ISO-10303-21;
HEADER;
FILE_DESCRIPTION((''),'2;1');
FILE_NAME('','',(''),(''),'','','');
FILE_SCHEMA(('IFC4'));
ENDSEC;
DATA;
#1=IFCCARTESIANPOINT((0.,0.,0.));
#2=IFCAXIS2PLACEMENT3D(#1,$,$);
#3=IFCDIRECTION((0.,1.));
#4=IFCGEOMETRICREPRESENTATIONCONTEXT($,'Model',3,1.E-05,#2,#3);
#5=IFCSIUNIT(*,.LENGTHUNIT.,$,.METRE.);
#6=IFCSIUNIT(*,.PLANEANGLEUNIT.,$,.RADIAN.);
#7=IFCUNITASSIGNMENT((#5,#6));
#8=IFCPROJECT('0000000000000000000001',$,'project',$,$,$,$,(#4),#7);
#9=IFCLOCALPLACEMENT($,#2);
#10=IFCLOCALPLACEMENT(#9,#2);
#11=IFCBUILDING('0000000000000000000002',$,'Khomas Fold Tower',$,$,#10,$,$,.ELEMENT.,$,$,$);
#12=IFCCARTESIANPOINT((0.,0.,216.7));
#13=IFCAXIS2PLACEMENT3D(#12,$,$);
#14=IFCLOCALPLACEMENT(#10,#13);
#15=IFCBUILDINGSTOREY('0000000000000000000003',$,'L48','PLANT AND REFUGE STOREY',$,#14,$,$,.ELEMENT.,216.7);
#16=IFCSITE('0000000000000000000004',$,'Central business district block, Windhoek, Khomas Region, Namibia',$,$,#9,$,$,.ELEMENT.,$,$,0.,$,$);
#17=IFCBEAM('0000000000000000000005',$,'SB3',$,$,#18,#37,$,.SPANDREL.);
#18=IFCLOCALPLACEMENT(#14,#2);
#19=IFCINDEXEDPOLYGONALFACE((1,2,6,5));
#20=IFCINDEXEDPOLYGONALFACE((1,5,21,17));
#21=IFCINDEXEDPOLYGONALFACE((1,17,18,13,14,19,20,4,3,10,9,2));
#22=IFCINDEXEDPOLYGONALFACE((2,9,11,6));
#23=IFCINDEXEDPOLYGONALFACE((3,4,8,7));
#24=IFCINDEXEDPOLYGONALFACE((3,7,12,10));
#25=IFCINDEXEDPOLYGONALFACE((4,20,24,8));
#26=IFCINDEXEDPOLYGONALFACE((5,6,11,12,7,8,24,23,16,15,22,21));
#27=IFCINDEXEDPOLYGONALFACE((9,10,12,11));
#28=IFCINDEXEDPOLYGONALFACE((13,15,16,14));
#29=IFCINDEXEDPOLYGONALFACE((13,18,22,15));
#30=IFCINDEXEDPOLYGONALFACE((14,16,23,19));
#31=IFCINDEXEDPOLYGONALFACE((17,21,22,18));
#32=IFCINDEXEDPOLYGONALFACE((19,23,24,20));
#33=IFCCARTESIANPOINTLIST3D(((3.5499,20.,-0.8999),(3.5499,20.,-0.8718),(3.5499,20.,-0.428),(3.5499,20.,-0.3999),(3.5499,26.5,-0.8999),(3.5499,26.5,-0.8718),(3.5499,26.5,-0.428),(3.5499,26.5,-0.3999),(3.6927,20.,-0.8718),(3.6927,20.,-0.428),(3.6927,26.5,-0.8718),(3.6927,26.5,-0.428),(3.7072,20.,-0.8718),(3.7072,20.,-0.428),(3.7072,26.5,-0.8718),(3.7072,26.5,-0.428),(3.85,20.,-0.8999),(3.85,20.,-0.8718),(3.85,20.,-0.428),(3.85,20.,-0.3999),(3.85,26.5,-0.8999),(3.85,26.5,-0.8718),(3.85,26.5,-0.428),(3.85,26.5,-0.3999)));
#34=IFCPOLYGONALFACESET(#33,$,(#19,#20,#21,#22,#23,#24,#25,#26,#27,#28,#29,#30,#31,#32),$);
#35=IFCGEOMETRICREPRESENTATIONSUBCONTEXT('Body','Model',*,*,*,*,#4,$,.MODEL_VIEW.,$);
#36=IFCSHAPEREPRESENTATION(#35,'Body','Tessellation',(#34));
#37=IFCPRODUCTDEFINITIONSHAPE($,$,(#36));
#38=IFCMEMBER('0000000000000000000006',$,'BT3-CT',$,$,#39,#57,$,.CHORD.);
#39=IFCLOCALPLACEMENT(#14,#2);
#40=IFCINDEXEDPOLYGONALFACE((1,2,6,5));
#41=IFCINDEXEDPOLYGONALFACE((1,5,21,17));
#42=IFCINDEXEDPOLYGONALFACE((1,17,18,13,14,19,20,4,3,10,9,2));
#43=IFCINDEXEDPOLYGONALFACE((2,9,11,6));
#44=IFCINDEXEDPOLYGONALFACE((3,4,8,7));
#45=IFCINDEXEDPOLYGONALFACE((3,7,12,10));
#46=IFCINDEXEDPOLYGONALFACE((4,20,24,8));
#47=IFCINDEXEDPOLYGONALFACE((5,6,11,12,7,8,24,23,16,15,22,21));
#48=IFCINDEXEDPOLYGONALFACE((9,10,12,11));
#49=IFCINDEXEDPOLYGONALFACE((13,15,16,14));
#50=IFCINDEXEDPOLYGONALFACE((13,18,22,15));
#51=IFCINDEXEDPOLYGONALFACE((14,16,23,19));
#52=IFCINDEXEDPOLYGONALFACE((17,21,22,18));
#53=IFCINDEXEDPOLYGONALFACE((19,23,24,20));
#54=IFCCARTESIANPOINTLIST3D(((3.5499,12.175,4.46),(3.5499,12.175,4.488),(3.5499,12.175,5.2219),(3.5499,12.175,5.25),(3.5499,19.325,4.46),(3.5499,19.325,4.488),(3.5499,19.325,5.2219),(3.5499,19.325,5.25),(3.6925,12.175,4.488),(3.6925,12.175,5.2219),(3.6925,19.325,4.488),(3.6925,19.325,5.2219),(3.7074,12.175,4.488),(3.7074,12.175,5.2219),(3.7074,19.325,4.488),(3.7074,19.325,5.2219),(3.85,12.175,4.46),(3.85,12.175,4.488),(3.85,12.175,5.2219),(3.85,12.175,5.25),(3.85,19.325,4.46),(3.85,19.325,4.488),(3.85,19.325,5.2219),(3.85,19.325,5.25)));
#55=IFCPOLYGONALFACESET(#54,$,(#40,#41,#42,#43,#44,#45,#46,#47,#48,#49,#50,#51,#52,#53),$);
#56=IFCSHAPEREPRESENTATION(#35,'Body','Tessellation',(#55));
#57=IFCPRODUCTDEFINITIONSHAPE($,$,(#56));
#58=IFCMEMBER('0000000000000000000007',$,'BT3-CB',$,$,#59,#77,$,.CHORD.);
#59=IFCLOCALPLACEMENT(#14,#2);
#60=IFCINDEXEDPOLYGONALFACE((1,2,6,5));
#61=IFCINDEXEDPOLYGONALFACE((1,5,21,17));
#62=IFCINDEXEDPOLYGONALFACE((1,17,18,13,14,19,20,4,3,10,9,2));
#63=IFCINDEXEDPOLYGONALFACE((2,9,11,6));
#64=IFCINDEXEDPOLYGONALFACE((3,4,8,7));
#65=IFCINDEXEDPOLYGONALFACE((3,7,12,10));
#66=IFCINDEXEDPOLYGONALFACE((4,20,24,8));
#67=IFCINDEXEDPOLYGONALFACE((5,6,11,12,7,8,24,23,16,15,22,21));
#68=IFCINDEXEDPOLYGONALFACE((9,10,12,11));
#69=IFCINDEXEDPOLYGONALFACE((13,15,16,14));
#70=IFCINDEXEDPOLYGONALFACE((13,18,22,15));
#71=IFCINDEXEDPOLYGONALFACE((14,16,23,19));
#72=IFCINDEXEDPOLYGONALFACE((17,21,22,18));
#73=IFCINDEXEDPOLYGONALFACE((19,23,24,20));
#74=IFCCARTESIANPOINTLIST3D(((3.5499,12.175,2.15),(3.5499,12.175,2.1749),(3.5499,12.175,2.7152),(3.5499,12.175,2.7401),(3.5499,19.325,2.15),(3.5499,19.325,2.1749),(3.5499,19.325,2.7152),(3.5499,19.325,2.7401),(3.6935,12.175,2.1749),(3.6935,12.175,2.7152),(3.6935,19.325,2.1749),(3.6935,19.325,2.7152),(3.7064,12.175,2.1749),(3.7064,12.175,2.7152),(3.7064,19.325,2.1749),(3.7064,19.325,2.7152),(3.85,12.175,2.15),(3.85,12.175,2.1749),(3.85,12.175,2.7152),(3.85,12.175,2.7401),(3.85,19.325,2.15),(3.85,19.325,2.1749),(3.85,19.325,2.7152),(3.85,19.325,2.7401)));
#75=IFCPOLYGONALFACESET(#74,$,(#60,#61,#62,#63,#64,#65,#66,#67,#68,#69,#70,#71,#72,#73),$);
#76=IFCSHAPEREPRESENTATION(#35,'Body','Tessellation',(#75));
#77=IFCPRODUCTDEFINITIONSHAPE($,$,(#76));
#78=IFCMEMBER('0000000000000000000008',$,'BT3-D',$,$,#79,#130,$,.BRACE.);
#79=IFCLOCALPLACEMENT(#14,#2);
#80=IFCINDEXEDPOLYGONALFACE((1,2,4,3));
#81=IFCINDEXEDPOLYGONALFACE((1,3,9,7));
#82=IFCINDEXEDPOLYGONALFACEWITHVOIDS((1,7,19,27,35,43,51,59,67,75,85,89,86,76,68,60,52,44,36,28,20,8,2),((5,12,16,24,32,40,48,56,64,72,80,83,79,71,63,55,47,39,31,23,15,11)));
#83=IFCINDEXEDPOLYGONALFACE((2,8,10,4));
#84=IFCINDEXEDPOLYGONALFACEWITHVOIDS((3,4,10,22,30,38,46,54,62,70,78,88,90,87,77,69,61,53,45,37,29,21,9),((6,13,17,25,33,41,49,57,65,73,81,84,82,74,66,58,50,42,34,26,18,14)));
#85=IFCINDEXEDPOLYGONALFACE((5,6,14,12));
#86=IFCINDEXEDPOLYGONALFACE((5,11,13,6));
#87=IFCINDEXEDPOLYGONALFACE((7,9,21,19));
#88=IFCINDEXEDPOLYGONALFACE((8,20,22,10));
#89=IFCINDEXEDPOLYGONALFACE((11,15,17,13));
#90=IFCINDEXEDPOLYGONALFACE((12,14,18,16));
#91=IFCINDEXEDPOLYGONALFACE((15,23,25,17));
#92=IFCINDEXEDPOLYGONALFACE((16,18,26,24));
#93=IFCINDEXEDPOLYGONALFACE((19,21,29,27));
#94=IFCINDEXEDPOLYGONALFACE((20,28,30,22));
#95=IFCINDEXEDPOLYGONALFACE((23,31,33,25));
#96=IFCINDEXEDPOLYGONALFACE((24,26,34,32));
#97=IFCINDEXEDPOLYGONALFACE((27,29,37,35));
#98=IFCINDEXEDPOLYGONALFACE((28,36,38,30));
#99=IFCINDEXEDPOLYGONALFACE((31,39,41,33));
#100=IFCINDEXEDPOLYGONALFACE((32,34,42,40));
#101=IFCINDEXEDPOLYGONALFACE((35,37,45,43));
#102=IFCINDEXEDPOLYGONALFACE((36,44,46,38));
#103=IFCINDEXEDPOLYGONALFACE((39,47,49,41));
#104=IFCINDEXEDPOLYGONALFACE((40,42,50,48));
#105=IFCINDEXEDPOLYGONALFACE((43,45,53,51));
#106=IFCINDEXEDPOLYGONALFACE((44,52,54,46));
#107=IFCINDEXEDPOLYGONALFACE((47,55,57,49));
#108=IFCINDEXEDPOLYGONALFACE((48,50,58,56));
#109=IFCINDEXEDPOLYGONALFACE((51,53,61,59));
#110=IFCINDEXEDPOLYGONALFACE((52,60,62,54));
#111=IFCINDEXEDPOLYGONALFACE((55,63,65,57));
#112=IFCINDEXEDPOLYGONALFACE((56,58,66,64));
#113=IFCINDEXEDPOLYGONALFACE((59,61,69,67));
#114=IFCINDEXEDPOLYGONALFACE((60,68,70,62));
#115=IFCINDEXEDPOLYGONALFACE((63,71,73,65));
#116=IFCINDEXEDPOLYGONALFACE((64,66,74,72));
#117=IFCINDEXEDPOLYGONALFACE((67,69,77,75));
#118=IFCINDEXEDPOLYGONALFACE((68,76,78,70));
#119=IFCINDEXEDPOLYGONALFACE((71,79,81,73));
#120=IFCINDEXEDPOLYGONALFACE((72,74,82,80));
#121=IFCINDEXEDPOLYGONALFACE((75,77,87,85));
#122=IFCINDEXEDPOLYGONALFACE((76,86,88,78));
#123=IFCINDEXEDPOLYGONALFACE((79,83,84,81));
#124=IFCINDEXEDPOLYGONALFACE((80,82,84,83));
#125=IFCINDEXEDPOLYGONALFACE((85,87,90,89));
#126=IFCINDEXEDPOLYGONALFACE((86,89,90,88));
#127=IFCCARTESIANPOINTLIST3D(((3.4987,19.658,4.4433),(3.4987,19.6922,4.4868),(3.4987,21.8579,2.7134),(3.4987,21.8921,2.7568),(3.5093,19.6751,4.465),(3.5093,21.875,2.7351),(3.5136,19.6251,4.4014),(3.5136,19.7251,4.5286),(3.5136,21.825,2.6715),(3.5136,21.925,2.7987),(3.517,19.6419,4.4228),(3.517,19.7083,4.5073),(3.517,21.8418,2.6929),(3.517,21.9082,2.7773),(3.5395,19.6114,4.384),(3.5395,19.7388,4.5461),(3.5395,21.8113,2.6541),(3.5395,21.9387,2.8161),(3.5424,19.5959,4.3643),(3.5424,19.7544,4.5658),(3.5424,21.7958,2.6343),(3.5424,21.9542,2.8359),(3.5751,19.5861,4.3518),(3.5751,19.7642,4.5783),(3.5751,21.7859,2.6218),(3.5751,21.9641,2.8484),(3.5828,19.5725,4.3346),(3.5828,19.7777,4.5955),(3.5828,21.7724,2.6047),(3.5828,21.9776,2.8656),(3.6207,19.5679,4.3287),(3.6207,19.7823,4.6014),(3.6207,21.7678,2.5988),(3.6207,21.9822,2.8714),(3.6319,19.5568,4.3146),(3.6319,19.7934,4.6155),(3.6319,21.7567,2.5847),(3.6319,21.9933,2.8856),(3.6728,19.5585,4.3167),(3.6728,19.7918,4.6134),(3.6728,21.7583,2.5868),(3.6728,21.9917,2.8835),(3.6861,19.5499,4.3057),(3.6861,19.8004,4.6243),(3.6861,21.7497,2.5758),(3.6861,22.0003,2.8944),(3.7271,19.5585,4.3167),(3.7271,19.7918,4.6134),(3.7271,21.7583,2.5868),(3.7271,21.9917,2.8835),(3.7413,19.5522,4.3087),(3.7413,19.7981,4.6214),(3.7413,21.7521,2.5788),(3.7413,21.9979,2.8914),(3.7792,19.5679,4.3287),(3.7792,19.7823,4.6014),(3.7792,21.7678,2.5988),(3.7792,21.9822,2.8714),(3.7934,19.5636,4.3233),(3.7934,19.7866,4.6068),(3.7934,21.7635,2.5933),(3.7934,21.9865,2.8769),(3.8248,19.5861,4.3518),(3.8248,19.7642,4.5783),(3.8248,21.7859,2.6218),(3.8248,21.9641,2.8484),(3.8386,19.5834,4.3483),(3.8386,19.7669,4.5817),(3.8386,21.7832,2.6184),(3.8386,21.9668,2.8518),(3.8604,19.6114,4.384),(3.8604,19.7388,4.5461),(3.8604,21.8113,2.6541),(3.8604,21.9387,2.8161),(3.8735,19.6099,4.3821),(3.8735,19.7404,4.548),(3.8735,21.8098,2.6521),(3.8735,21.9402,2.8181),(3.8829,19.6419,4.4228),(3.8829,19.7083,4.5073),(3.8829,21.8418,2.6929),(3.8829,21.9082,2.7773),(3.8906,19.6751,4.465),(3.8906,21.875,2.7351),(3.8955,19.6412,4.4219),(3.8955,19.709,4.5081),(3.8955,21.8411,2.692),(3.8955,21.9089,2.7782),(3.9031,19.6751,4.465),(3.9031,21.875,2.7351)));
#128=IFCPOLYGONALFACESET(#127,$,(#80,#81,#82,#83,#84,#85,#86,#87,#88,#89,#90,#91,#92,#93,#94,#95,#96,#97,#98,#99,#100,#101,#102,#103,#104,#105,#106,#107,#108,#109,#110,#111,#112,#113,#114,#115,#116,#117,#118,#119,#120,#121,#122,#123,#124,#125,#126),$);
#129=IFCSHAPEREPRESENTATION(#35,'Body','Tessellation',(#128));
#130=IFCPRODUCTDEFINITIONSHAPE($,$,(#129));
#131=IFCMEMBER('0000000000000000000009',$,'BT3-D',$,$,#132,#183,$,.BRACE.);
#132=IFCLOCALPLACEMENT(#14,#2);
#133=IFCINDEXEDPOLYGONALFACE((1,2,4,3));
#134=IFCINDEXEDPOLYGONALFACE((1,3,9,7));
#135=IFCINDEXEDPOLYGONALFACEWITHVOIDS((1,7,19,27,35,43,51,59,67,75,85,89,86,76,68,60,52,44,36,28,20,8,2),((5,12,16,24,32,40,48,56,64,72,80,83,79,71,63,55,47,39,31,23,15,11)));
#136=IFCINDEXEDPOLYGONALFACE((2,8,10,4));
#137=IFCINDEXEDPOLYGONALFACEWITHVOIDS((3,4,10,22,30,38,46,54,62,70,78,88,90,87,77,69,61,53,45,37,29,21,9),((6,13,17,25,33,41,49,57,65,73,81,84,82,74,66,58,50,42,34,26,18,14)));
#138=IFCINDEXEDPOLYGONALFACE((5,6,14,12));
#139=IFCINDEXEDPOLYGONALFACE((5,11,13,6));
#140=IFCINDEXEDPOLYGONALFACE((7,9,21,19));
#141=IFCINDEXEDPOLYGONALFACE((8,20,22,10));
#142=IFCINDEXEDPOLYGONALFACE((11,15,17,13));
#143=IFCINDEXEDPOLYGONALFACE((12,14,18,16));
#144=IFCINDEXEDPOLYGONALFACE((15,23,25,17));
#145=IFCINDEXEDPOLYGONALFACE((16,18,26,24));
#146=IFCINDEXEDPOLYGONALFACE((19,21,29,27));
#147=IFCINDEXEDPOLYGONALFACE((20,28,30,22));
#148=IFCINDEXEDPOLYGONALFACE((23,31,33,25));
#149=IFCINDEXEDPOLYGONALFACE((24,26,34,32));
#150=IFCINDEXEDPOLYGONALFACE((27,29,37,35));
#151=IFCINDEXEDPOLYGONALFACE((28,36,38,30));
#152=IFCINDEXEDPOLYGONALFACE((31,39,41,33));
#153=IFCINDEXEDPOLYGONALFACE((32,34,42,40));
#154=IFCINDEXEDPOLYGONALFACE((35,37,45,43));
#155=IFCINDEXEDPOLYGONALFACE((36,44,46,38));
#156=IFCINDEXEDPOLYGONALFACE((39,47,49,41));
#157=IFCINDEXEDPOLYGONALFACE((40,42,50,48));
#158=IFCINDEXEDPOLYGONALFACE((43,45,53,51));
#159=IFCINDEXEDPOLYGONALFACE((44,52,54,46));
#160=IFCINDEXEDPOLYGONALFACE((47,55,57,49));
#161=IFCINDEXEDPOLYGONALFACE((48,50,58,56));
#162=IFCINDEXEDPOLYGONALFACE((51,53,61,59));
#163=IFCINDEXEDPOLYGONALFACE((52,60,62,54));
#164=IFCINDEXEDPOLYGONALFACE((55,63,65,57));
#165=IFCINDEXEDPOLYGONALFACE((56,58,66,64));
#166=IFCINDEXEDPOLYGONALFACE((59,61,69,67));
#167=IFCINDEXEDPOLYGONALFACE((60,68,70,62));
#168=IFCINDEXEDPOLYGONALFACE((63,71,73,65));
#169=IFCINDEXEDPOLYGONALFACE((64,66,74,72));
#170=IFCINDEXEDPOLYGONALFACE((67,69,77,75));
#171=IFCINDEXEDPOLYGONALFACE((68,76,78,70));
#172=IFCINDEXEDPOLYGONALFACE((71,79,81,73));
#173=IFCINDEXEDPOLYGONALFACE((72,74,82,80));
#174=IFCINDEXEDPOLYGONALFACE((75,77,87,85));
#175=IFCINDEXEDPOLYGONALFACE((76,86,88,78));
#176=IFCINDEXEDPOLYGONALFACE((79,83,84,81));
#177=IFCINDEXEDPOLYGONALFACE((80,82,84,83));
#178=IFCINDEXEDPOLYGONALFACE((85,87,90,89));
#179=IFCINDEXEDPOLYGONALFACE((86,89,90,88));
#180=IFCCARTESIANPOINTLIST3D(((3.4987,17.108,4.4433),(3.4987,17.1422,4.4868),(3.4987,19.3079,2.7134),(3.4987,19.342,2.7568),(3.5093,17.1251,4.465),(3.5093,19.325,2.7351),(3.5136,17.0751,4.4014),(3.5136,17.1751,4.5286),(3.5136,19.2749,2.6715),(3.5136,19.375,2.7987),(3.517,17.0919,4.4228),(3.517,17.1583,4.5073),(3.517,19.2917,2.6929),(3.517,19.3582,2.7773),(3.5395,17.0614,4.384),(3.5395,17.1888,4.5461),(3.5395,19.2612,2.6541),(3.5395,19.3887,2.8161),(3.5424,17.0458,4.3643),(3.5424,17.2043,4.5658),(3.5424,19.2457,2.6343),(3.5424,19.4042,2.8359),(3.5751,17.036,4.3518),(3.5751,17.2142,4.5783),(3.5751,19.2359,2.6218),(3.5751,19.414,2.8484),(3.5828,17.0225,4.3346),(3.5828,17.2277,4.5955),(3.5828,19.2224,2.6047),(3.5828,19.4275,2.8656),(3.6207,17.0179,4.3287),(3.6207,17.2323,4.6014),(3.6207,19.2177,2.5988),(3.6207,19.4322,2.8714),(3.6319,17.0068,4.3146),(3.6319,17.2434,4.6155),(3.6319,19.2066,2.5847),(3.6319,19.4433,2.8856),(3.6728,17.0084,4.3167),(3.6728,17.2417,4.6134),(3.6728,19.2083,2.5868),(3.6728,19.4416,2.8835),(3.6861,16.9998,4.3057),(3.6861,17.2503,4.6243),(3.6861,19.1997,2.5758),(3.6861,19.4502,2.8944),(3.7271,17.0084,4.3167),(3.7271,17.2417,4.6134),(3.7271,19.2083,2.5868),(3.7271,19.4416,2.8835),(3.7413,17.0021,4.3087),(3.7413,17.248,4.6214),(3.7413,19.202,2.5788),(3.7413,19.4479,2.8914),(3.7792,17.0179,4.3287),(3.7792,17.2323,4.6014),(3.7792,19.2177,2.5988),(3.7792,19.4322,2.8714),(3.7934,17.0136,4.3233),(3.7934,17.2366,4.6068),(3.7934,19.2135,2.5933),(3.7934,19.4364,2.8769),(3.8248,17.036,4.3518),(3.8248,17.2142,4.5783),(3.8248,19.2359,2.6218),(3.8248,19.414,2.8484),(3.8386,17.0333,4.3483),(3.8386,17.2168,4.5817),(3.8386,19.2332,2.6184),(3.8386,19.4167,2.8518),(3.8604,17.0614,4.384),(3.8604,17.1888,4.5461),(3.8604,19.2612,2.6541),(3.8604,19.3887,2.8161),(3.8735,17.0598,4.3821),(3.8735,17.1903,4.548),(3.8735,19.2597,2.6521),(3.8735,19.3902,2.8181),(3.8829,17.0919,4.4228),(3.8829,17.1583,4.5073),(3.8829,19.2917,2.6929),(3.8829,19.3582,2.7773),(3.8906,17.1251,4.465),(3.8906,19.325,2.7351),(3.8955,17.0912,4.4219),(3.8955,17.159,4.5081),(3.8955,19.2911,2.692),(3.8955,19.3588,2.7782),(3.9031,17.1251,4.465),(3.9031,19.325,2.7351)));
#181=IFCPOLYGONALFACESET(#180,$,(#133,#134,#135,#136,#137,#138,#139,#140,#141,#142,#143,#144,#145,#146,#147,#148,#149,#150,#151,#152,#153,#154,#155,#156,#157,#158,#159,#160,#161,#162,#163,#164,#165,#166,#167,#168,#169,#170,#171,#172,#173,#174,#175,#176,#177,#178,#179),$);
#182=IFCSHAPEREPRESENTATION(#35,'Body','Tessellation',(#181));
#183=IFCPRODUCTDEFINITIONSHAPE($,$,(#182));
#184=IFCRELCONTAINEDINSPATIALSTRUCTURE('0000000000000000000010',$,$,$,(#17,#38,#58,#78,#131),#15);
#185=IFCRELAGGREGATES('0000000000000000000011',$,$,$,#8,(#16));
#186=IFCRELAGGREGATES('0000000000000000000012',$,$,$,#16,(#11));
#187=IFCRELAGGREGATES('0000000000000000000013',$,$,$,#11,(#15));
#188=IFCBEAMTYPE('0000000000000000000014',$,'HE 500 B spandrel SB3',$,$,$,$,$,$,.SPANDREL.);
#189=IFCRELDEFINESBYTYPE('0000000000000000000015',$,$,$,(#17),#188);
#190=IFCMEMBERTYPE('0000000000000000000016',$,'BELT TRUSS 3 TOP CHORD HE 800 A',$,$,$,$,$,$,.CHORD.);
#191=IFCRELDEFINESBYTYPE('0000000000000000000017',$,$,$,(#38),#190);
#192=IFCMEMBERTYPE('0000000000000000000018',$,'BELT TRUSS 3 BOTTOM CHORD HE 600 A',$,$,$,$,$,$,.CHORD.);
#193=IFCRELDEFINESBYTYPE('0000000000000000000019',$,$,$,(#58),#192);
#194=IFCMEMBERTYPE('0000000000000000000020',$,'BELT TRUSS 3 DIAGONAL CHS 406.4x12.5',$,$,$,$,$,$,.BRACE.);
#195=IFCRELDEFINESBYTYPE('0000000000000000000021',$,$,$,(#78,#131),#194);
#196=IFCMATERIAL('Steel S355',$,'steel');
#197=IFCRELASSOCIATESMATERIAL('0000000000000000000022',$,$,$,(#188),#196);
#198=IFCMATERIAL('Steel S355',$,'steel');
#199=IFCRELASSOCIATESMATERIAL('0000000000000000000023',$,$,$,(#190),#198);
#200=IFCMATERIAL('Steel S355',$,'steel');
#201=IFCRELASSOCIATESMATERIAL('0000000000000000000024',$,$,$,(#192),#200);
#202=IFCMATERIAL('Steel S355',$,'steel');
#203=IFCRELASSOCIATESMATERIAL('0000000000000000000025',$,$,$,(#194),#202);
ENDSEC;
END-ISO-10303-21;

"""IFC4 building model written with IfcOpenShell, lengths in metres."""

from ifc_helpers import new_model, si_unit, direction, frame, origin, origin_2d, place, context, subcontext, project, spatial, hollow_circle, i_section, extrude, source, transform, mapped, material, material_profile, profile_set, type_object, element, save


model = new_model("IFC4")

# Units and contexts
model_context = context("Model", 3, precision=1e-05, world=origin(), true_north=direction((0.0, 1.0)))
body_context = subcontext(model_context, "Body", "Model", "MODEL_VIEW")
ifc_project = project(units=[si_unit("LENGTHUNIT", "METRE"), si_unit("PLANEANGLEUNIT", "RADIAN")], contexts=[model_context])

# Site, building, storey
site_placement = place(None, origin())
site = spatial("IfcSite", under=ifc_project, at=site_placement, Name="Central business district block, Windhoek, Khomas Region, Namibia", CompositionType="ELEMENT", RefElevation=0.0)
building_placement = place(site_placement, origin())
building = spatial("IfcBuilding", under=site, at=building_placement, Name="Khomas Fold Tower", CompositionType="ELEMENT")
storey_placement = place(building_placement, frame((0.0, 0.0, 216.7)))
storey = spatial("IfcBuildingStorey", under=building, at=storey_placement, Name="L48", Description="PLANT AND REFUGE STOREY", CompositionType="ELEMENT", Elevation=216.7)

# Beam
ifc_material_1 = material(Name="Steel S355", Category="steel")
ifc_material_profile_1 = material_profile(ifc_material_1, i_section(OverallWidth=0.3, OverallDepth=0.5, WebThickness=0.0144, FlangeThickness=0.0281, at=origin_2d()), Name="HE 500 B")
ifc_profile_set_1 = profile_set([ifc_material_profile_1], Name="Steel S355")
beam_type_1 = type_object("IfcBeamType", Name="HE 500 B spandrel SB3", PredefinedType="SPANDREL", material=ifc_profile_set_1)
shared_shape_1 = source(origin(), body_context, "Body", "SweptSolid", [
    extrude(i_section(OverallWidth=0.3, OverallDepth=0.5, WebThickness=0.0144, FlangeThickness=0.0281, at=origin_2d()), origin(), (0.0, 0.0, 1.0), 6.5),
])
beam_1_placement = place(storey_placement, frame((3.7, 20.0, -0.6499), z_axis=(0.0, 1.0, 0.0), x_axis=(-1.0, 0.0, 0.0)))
element("IfcBeam", 1, at=beam_1_placement, inside=storey, type_object=beam_type_1, Name="SB3", PredefinedType="SPANDREL", context=body_context, shape_type="MappedRepresentation", body=[
    mapped(shared_shape_1, transform((0.0, 0.0, 0.0))),
])

# Members
ifc_material_2 = material(Name="Steel S355", Category="steel")
ifc_material_profile_2 = material_profile(ifc_material_2, i_section(OverallWidth=0.3, OverallDepth=0.79, WebThickness=0.0149, FlangeThickness=0.0281, at=origin_2d()), Name="HE 800 A")
ifc_profile_set_2 = profile_set([ifc_material_profile_2], Name="Steel S355")
member_type_1 = type_object("IfcMemberType", Name="BELT TRUSS 3 TOP CHORD HE 800 A", PredefinedType="CHORD", material=ifc_profile_set_2)
shared_shape_2 = source(origin(), body_context, "Body", "SweptSolid", [
    extrude(i_section(OverallWidth=0.3, OverallDepth=0.79, WebThickness=0.0149, FlangeThickness=0.0281, at=origin_2d()), origin(), (0.0, 0.0, 1.0), 7.1499),
])
member_1_placement = place(storey_placement, frame((3.7, 19.325, 4.855), z_axis=(0.0, -1.0, 0.0), x_axis=(1.0, 0.0, 0.0)))
element("IfcMember", 2, at=member_1_placement, inside=storey, type_object=member_type_1, Name="BT3-CT", PredefinedType="CHORD", context=body_context, shape_type="MappedRepresentation", body=[
    mapped(shared_shape_2, transform((0.0, 0.0, 0.0))),
])
ifc_material_3 = material(Name="Steel S355", Category="steel")
ifc_material_profile_3 = material_profile(ifc_material_3, i_section(OverallWidth=0.3, OverallDepth=0.5901, WebThickness=0.0129, FlangeThickness=0.0249, at=origin_2d()), Name="HE 600 A")
ifc_profile_set_3 = profile_set([ifc_material_profile_3], Name="Steel S355")
member_type_2 = type_object("IfcMemberType", Name="BELT TRUSS 3 BOTTOM CHORD HE 600 A", PredefinedType="CHORD", material=ifc_profile_set_3)
shared_shape_3 = source(origin(), body_context, "Body", "SweptSolid", [
    extrude(i_section(OverallWidth=0.3, OverallDepth=0.5901, WebThickness=0.0129, FlangeThickness=0.0249, at=origin_2d()), origin(), (0.0, 0.0, 1.0), 7.1499),
])
member_2_placement = place(storey_placement, frame((3.7, 19.325, 2.4451), z_axis=(0.0, -1.0, 0.0), x_axis=(1.0, 0.0, 0.0)))
element("IfcMember", 3, at=member_2_placement, inside=storey, type_object=member_type_2, Name="BT3-CB", PredefinedType="CHORD", context=body_context, shape_type="MappedRepresentation", body=[
    mapped(shared_shape_3, transform((0.0, 0.0, 0.0))),
])
ifc_material_4 = material(Name="Steel S355", Category="steel")
ifc_material_profile_4 = material_profile(ifc_material_4, hollow_circle(Radius=0.2031, WallThickness=0.0125, at=origin_2d()), Name="CHS 406.4x12.5")
ifc_profile_set_4 = profile_set([ifc_material_profile_4], Name="Steel S355")
member_type_3 = type_object("IfcMemberType", Name="BELT TRUSS 3 DIAGONAL CHS 406.4x12.5", PredefinedType="BRACE", material=ifc_profile_set_4)
shared_shape_4 = source(origin(), body_context, "Body", "SweptSolid", [
    extrude(hollow_circle(Radius=0.2031, WallThickness=0.0125, at=origin_2d()), origin(), (0.0, 0.0, 1.0), 2.7986),
])
for number, where, z_axis, x_axis, name in (
    (4, (3.7, 21.875, 2.7351), (0.0, -0.786067, 0.618141), (1.0, 0.0, 0.0), "BT3-D"),
    (5, (3.7, 19.325, 2.7351), (0.0, -0.786067, 0.618141), (1.0, 0.0, 0.0), "BT3-D"),
):
    element("IfcMember", number, at=place(storey_placement, frame(where, z_axis=z_axis, x_axis=x_axis)), inside=storey, type_object=member_type_3, Name=name, PredefinedType="BRACE", context=body_context, shape_type="MappedRepresentation", body=[
        mapped(shared_shape_4, transform((0.0, 0.0, 0.0))),
    ])

save(model, "model.ifc")
